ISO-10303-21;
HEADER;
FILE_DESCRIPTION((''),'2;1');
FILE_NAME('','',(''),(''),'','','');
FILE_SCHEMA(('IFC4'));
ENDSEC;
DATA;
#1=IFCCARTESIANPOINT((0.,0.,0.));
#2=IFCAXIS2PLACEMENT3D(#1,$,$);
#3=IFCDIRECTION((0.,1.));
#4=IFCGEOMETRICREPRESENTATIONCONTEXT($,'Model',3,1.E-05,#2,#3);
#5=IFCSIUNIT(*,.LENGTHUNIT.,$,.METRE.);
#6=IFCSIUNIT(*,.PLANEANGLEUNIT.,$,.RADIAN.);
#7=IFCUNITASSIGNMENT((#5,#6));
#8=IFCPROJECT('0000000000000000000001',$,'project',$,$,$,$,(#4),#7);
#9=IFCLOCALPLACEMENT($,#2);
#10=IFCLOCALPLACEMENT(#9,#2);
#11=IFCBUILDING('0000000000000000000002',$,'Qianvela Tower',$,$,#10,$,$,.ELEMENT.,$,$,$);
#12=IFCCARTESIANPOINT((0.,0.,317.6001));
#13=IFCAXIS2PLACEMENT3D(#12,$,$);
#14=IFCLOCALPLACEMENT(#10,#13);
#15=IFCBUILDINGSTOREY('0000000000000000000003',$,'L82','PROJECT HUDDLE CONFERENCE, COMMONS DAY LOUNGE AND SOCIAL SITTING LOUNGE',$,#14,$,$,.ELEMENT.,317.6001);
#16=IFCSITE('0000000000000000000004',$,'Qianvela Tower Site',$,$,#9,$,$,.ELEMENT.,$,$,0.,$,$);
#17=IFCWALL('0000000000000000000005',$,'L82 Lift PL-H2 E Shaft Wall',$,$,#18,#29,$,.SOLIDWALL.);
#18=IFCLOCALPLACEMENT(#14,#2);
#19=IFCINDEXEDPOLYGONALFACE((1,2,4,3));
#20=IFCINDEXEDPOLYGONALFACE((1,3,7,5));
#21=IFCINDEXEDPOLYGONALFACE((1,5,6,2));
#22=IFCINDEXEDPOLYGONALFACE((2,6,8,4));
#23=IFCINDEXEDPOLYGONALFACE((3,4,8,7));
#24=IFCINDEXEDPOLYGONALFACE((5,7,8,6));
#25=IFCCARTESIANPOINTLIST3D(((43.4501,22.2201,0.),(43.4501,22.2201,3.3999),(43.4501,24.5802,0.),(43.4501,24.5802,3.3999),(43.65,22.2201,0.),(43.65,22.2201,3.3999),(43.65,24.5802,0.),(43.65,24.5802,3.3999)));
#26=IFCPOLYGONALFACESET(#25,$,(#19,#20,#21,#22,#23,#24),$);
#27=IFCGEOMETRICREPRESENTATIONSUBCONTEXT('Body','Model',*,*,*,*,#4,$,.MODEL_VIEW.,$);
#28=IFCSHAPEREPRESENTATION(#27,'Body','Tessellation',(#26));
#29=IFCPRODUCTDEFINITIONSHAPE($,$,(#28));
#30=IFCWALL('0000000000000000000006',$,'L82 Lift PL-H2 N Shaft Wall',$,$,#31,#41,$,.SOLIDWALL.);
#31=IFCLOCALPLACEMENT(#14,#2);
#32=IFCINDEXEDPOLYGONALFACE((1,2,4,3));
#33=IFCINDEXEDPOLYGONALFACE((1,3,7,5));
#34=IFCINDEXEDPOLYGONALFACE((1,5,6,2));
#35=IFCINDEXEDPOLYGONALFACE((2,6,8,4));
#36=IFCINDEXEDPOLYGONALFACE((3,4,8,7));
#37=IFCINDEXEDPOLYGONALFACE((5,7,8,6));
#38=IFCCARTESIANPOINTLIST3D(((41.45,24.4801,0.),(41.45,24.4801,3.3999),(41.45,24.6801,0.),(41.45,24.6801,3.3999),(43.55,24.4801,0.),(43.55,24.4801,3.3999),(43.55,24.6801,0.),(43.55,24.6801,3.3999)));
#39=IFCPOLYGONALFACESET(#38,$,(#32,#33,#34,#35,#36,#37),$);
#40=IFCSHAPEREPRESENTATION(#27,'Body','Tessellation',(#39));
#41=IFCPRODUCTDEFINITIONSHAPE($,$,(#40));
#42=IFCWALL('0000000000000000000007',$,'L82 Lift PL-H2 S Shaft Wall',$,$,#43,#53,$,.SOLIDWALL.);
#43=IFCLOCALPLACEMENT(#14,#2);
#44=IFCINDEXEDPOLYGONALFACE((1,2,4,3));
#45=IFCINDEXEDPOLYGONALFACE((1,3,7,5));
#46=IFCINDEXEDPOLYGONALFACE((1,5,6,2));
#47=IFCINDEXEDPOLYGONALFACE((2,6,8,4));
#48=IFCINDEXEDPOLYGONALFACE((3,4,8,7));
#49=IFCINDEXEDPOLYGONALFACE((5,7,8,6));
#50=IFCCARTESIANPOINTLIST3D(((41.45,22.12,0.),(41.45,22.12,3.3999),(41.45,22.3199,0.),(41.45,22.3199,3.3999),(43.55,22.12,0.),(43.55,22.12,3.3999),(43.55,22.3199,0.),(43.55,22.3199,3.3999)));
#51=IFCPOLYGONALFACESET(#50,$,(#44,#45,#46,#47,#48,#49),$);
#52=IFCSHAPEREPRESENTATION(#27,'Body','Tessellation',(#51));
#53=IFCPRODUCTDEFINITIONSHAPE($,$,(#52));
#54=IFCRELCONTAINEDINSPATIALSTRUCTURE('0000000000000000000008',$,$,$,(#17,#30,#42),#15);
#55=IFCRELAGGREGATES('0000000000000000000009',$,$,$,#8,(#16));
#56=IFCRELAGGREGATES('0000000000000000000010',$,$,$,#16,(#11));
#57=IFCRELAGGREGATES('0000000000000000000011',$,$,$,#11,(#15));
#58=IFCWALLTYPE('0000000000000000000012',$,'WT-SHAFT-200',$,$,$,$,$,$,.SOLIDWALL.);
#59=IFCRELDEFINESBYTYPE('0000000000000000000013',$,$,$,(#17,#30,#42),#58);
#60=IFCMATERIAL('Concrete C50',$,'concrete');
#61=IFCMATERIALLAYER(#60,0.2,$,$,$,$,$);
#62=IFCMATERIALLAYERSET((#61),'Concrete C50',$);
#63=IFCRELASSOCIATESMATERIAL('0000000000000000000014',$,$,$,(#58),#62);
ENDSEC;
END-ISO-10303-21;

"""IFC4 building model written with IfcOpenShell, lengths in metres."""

from ifc_helpers import new_model, si_unit, direction, frame, frame_2d, origin, place, context, subcontext, project, spatial, rectangle, extrude, material, layer, layer_set, type_object, element, save


model = new_model("IFC4")

# Units and contexts
model_context = context("Model", 3, precision=1e-05, world=origin(), true_north=direction((0.0, 1.0)))
body_context = subcontext(model_context, "Body", "Model", "MODEL_VIEW")
ifc_project = project(units=[si_unit("LENGTHUNIT", "METRE"), si_unit("PLANEANGLEUNIT", "RADIAN")], contexts=[model_context])

# Site, building, storey
site_placement = place(None, origin())
site = spatial("IfcSite", under=ifc_project, at=site_placement, Name="Qianvela Tower Site", CompositionType="ELEMENT", RefElevation=0.0)
building_placement = place(site_placement, origin())
building = spatial("IfcBuilding", under=site, at=building_placement, Name="Qianvela Tower", CompositionType="ELEMENT")
storey_placement = place(building_placement, frame((0.0, 0.0, 317.6001)))
storey = spatial("IfcBuildingStorey", under=building, at=storey_placement, Name="L82", Description="PROJECT HUDDLE CONFERENCE, COMMONS DAY LOUNGE AND SOCIAL SITTING LOUNGE", CompositionType="ELEMENT", Elevation=317.6001)

# Shared definitions
ifc_material_1 = material(Name="Concrete C50", Category="concrete")
ifc_layer_1 = layer(ifc_material_1, 0.2)
ifc_layer_set_1 = layer_set([ifc_layer_1], Name="Concrete C50")
wall_type_1 = type_object("IfcWallType", Name="WT-SHAFT-200", PredefinedType="SOLIDWALL", material=ifc_layer_set_1)

# Wall
wall_1_placement = place(storey_placement, frame((43.55, 22.22, 0.0), z_axis=(0.0, 0.0, 1.0), x_axis=(0.0, 1.0, 0.0)))
element("IfcWall", 1, at=wall_1_placement, inside=storey, type_object=wall_type_1, Name="L82 Lift PL-H2 E Shaft Wall", PredefinedType="SOLIDWALL", context=body_context, shape_type="SweptSolid", body=[
    extrude(rectangle(XDim=2.3601, YDim=0.2, at=frame_2d((1.1802, 0.0))), origin(), (0.0, 0.0, 1.0), 3.3999),
])

# Walls
for number, where, z_axis, x_axis, name in (
    (2, (41.45, 24.5801, 0.0), (0.0, 0.0, 1.0), (1.0, 0.0, 0.0), "L82 Lift PL-H2 N Shaft Wall"),
    (3, (41.45, 22.22, 0.0), (0.0, 0.0, 1.0), (1.0, 0.0, 0.0), "L82 Lift PL-H2 S Shaft Wall"),
):
    element("IfcWall", number, at=place(storey_placement, frame(where, z_axis=z_axis, x_axis=x_axis)), inside=storey, type_object=wall_type_1, Name=name, PredefinedType="SOLIDWALL", context=body_context, shape_type="SweptSolid", body=[
        extrude(rectangle(XDim=2.1001, YDim=0.2, at=frame_2d((1.05, 0.0))), origin(), (0.0, 0.0, 1.0), 3.3999),
    ])

save(model, "model.ifc")
